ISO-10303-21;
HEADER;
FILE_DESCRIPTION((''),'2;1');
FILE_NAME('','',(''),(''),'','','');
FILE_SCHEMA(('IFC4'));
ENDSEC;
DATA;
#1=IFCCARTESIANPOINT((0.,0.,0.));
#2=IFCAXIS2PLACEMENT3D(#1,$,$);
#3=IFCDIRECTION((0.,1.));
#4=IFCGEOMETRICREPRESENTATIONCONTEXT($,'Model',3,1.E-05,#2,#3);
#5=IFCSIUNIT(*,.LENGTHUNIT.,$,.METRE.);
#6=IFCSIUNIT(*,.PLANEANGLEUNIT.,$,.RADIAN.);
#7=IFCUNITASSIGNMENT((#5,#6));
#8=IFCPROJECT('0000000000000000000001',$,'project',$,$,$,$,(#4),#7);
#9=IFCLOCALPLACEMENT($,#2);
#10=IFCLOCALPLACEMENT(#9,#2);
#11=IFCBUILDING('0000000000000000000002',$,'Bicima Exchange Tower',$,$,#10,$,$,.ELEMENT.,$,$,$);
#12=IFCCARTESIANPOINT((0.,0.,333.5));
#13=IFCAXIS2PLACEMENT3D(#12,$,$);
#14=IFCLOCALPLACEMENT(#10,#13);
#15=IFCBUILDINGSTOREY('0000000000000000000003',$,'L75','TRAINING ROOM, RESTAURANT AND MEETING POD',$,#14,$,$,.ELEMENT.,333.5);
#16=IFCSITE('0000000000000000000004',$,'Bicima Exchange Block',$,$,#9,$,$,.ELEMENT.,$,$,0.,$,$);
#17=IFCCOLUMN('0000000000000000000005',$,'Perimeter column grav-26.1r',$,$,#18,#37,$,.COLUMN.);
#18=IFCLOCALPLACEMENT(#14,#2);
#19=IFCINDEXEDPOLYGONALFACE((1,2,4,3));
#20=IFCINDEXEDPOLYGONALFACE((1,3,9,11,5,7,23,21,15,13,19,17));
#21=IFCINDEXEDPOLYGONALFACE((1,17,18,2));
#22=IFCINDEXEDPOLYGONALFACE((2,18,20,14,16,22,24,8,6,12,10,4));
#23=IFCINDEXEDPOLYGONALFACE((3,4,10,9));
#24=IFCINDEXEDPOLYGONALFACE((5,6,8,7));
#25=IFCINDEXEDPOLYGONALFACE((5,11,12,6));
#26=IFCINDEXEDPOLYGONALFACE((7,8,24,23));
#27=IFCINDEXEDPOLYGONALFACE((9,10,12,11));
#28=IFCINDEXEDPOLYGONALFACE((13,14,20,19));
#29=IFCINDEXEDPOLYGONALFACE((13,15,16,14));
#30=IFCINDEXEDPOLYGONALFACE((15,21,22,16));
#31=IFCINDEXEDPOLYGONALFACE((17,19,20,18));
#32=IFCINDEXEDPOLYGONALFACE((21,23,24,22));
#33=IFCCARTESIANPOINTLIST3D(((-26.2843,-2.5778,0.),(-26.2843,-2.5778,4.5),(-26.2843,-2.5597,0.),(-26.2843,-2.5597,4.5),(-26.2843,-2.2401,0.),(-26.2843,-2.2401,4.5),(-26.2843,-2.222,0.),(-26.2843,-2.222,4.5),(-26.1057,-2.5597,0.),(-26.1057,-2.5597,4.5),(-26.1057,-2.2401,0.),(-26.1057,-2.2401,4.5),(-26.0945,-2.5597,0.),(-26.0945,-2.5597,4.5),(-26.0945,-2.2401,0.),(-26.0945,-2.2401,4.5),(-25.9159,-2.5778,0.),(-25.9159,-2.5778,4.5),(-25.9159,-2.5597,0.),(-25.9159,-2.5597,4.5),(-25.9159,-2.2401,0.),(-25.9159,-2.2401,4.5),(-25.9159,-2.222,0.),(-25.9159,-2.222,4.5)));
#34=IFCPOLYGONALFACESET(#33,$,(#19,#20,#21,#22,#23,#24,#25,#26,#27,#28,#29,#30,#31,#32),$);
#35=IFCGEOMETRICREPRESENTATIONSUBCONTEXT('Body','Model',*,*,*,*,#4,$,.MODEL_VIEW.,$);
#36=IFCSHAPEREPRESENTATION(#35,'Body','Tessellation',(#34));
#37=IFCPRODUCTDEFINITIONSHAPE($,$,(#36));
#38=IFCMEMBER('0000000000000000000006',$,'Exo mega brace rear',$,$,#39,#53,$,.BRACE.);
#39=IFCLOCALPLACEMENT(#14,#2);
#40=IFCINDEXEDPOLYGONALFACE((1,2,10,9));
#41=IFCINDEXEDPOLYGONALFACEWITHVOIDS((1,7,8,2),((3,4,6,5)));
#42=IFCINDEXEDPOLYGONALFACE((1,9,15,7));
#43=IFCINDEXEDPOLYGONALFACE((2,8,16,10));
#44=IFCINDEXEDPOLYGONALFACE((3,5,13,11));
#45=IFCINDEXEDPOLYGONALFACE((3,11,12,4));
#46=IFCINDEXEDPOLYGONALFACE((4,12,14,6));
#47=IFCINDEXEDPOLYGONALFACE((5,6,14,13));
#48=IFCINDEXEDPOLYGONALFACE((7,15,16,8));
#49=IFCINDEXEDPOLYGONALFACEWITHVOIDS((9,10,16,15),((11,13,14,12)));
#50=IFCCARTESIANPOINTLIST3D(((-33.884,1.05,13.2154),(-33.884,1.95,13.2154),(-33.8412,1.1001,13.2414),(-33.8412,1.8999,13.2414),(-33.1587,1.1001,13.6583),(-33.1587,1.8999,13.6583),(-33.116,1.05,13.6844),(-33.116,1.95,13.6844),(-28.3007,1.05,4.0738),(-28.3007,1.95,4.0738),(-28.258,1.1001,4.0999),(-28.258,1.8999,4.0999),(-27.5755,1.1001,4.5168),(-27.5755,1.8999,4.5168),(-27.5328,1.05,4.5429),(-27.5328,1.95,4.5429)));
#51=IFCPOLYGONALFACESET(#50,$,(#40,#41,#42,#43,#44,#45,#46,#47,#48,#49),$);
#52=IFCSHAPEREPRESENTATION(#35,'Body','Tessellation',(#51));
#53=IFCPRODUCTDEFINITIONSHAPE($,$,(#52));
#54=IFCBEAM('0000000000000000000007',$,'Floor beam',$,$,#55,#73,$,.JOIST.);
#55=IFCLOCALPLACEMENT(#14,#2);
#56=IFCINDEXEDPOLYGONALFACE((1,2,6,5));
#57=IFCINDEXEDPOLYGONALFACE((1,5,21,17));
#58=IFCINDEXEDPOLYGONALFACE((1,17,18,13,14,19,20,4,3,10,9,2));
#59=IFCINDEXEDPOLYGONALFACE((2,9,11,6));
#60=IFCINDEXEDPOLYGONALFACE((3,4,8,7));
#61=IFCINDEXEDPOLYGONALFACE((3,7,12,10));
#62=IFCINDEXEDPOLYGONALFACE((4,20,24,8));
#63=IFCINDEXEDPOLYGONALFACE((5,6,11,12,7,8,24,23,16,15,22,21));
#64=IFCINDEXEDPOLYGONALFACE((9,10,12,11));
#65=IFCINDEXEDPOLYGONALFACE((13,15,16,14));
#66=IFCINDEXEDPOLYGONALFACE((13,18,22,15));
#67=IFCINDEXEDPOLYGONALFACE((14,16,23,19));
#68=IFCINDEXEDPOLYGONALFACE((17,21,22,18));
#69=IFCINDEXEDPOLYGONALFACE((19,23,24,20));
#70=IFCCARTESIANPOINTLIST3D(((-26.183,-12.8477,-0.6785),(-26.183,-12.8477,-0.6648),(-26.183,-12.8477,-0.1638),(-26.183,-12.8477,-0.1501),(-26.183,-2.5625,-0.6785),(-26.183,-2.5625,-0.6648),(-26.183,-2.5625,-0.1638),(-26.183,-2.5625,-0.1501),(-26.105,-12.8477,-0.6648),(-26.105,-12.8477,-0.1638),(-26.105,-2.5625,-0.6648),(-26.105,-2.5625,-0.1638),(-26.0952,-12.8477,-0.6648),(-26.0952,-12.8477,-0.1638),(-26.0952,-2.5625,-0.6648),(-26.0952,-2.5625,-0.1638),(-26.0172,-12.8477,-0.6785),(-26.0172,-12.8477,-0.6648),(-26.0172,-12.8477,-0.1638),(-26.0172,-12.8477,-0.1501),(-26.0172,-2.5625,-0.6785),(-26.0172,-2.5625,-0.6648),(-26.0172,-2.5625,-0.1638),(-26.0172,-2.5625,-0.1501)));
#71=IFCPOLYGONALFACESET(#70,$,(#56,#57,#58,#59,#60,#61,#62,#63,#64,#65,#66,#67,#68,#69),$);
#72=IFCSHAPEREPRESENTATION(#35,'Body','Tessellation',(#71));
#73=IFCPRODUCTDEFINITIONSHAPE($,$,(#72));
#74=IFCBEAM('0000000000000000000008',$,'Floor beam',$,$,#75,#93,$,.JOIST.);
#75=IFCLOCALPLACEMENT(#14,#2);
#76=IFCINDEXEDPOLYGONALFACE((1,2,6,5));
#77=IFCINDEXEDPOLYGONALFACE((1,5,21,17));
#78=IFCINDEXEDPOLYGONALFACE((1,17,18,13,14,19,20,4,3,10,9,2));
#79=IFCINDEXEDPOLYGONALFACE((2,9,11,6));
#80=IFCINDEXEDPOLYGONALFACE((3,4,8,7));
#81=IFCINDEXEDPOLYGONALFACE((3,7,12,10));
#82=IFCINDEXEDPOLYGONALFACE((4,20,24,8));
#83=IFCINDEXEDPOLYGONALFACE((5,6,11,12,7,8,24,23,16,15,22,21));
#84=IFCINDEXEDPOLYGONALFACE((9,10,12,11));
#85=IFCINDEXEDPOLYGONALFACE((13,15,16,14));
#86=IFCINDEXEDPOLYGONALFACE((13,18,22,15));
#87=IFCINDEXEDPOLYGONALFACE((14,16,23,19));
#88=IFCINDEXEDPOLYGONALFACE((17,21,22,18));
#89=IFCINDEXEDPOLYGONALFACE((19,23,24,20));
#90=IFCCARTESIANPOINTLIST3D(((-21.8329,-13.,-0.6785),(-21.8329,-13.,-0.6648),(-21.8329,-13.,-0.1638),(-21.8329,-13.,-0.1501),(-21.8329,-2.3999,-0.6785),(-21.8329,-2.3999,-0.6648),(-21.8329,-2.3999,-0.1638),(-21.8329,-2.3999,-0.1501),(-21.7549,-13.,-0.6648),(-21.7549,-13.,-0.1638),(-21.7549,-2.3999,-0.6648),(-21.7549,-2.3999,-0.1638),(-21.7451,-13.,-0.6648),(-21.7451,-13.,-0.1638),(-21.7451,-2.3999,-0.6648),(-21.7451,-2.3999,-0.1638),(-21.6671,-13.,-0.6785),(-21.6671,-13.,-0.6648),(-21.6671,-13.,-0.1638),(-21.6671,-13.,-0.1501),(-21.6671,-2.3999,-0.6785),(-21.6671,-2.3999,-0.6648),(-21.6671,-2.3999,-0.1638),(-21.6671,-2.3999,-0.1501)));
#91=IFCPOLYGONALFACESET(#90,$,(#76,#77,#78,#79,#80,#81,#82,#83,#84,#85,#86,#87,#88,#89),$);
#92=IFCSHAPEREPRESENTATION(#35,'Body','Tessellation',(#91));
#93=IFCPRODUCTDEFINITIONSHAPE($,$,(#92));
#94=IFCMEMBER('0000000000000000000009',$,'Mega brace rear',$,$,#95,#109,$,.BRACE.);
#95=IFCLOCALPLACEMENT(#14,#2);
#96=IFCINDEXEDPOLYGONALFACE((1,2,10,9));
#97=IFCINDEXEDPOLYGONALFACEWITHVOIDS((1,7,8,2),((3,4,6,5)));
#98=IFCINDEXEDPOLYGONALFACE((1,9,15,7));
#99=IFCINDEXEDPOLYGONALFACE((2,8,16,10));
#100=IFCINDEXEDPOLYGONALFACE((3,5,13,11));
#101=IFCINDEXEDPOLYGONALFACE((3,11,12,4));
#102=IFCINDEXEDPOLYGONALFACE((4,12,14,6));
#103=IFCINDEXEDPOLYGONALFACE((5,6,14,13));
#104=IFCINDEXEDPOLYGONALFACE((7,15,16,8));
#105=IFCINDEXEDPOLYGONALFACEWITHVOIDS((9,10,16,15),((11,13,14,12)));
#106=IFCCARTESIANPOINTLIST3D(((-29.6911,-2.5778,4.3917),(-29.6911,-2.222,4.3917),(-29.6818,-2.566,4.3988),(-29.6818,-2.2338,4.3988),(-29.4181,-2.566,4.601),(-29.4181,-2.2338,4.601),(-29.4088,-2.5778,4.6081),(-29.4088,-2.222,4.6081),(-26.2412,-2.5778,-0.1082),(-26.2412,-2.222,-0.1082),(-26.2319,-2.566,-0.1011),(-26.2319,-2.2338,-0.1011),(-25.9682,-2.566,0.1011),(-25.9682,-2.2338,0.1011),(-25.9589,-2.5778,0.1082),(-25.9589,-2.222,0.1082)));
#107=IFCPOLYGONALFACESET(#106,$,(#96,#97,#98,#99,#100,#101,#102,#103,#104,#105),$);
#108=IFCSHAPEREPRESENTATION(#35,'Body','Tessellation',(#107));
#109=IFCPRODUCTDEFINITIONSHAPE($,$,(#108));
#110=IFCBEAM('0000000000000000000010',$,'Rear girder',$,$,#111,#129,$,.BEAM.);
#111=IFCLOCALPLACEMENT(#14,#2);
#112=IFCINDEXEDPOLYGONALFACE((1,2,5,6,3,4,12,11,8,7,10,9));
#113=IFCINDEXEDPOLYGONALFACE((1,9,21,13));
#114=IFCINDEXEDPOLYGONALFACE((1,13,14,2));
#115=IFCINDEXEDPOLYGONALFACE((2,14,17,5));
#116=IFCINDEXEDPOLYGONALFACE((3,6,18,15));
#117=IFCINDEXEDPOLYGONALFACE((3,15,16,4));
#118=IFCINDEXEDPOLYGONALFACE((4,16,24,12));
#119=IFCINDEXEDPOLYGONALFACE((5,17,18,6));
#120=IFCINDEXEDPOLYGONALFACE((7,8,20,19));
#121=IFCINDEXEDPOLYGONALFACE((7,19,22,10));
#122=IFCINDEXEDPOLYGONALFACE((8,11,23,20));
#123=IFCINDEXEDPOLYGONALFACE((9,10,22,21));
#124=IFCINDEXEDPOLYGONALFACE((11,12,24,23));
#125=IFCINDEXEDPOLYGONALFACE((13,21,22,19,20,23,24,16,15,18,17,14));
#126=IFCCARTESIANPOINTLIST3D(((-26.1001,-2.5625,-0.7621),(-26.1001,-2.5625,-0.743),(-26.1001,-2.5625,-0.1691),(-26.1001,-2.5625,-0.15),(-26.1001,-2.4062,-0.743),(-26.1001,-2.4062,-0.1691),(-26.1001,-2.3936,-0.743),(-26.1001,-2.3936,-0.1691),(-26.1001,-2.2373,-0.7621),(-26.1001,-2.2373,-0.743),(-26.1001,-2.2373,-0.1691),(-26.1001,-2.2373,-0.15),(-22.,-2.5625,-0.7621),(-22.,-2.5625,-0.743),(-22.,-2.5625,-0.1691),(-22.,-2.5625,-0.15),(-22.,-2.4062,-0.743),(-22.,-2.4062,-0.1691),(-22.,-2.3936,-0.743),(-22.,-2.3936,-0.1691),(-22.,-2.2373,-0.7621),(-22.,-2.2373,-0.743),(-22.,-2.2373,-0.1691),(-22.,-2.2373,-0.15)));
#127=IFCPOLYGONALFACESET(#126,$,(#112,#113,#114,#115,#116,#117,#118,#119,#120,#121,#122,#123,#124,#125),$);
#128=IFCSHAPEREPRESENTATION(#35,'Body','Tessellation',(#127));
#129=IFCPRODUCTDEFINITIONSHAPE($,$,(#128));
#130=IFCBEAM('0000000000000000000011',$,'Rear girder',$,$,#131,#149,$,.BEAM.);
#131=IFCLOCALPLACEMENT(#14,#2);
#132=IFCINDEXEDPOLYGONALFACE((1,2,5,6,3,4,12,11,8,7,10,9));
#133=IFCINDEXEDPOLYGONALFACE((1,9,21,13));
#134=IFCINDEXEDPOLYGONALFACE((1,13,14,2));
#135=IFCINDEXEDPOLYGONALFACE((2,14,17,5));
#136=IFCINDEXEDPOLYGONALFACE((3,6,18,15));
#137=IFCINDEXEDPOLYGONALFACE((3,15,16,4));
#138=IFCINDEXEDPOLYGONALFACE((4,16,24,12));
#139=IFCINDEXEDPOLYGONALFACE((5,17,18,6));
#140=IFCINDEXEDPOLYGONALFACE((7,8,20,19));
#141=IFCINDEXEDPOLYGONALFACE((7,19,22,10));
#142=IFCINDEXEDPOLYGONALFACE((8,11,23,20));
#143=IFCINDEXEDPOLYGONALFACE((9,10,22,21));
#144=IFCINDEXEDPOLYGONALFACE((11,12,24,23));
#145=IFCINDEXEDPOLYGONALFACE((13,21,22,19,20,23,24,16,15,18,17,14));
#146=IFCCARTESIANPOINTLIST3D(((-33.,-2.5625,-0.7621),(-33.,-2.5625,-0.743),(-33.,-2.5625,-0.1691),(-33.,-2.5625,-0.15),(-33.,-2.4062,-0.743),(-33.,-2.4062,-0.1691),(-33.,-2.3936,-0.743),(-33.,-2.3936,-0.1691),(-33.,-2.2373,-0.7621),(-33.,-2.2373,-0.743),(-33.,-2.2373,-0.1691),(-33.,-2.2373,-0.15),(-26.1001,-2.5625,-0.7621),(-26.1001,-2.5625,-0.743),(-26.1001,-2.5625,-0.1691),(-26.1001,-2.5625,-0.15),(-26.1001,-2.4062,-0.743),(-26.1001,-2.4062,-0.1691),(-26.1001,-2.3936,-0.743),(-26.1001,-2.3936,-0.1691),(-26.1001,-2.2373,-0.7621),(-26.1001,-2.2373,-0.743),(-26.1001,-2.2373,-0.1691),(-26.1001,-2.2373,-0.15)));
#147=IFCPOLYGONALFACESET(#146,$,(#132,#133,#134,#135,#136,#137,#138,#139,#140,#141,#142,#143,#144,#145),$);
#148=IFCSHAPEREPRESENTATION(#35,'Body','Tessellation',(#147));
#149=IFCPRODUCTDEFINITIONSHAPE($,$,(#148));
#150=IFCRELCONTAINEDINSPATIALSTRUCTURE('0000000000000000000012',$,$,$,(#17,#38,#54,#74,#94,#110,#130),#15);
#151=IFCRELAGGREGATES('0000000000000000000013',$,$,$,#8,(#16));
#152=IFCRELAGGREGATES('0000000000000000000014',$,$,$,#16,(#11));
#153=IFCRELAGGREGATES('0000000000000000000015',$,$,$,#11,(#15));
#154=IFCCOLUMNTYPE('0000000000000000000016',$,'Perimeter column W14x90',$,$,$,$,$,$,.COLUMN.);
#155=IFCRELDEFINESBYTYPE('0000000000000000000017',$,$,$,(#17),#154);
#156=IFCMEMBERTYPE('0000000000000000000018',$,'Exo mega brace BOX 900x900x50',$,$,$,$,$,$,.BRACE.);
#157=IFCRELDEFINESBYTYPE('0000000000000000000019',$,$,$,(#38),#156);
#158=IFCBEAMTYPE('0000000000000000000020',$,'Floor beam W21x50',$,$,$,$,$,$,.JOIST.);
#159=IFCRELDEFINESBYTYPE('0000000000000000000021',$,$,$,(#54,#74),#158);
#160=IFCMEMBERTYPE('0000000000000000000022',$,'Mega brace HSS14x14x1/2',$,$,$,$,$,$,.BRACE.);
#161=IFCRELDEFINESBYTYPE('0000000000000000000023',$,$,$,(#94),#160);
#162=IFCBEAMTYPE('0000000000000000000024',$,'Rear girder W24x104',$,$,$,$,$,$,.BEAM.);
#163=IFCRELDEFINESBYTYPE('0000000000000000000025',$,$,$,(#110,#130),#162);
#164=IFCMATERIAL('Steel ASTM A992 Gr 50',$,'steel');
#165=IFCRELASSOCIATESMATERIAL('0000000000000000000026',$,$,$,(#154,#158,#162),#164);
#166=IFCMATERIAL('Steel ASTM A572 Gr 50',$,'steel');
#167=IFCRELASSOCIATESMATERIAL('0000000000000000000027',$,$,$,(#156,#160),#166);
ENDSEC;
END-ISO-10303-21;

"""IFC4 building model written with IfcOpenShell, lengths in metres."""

from ifc_helpers import new_model, si_unit, direction, frame, origin, origin_2d, place, context, subcontext, project, spatial, hollow_rectangle, i_section, extrude, material, material_profile, profile_set, type_object, element, save


model = new_model("IFC4")

# Units and contexts
model_context = context("Model", 3, precision=1e-05, world=origin(), true_north=direction((0.0, 1.0)))
body_context = subcontext(model_context, "Body", "Model", "MODEL_VIEW")
ifc_project = project(units=[si_unit("LENGTHUNIT", "METRE"), si_unit("PLANEANGLEUNIT", "RADIAN")], contexts=[model_context])

# Site, building, storey
site_placement = place(None, origin())
site = spatial("IfcSite", under=ifc_project, at=site_placement, Name="Bicima Exchange Block", CompositionType="ELEMENT", RefElevation=0.0)
building_placement = place(site_placement, origin())
building = spatial("IfcBuilding", under=site, at=building_placement, Name="Bicima Exchange Tower", CompositionType="ELEMENT")
storey_placement = place(building_placement, frame((0.0, 0.0, 333.5)))
storey = spatial("IfcBuildingStorey", under=building, at=storey_placement, Name="L75", Description="TRAINING ROOM, RESTAURANT AND MEETING POD", CompositionType="ELEMENT", Elevation=333.5)

# Column
ifc_material_1 = material(Name="Steel ASTM A992 Gr 50", Category="steel")
ifc_material_profile_1 = material_profile(ifc_material_1, i_section(OverallWidth=0.3684, OverallDepth=0.3557, WebThickness=0.0112, FlangeThickness=0.0181, at=origin_2d()))
ifc_profile_set_1 = profile_set([ifc_material_profile_1], Name="Steel ASTM A992 Gr 50")
column_type = type_object("IfcColumnType", Name="Perimeter column W14x90", PredefinedType="COLUMN", material=ifc_profile_set_1)
column_placement = place(storey_placement, frame((-26.1001, -2.3999, 0.0), z_axis=(0.0, 0.0, 1.0), x_axis=(1.0, 0.0, 0.0)))
element("IfcColumn", 1, at=column_placement, inside=storey, type_object=column_type, Name="Perimeter column grav-26.1r", PredefinedType="COLUMN", context=body_context, shape_type="SweptSolid", body=[
    extrude(i_section(OverallWidth=0.3684, OverallDepth=0.3557, WebThickness=0.0112, FlangeThickness=0.0181, at=origin_2d()), origin(), (0.0, 0.0, 1.0), 4.5),
])

# Member
ifc_material_2 = material(Name="Steel ASTM A572 Gr 50", Category="steel")
ifc_material_profile_2 = material_profile(ifc_material_2, hollow_rectangle(XDim=0.8999, YDim=0.8999, WallThickness=0.05, at=origin_2d()))
ifc_profile_set_2 = profile_set([ifc_material_profile_2], Name="Steel ASTM A572 Gr 50")
member_type_1 = type_object("IfcMemberType", Name="Exo mega brace BOX 900x900x50", PredefinedType="BRACE", material=ifc_profile_set_2)
member_1_placement = place(storey_placement, frame((-27.9167, 1.5, 4.3083), z_axis=(-0.521227, 0.0, 0.853418), x_axis=(0.0, -1.0, 0.0)))
element("IfcMember", 2, at=member_1_placement, inside=storey, type_object=member_type_1, Name="Exo mega brace rear", PredefinedType="BRACE", context=body_context, shape_type="SweptSolid", body=[
    extrude(hollow_rectangle(XDim=0.8999, YDim=0.8999, WallThickness=0.05, at=origin_2d()), origin(), (0.0, 0.0, 1.0), 10.7117),
])

# Beams
ifc_material_profile_3 = material_profile(ifc_material_1, i_section(OverallWidth=0.1658, OverallDepth=0.5283, WebThickness=0.0098, FlangeThickness=0.0137, at=origin_2d()))
ifc_profile_set_3 = profile_set([ifc_material_profile_3], Name="Steel ASTM A992 Gr 50")
beam_type_1 = type_object("IfcBeamType", Name="Floor beam W21x50", PredefinedType="JOIST", material=ifc_profile_set_3)
beam_1_placement = place(storey_placement, frame((-26.1001, -2.5625, -0.4143), z_axis=(0.0, -1.0, 0.0), x_axis=(1.0, 0.0, 0.0)))
element("IfcBeam", 3, at=beam_1_placement, inside=storey, type_object=beam_type_1, Name="Floor beam", PredefinedType="JOIST", context=body_context, shape_type="SweptSolid", body=[
    extrude(i_section(OverallWidth=0.1658, OverallDepth=0.5283, WebThickness=0.0098, FlangeThickness=0.0137, at=origin_2d()), origin(), (0.0, 0.0, 1.0), 10.2852),
])
beam_2_placement = place(storey_placement, frame((-21.75, -2.3999, -0.4143), z_axis=(0.0, -1.0, 0.0), x_axis=(1.0, 0.0, 0.0)))
element("IfcBeam", 4, at=beam_2_placement, inside=storey, type_object=beam_type_1, Name="Floor beam", PredefinedType="JOIST", context=body_context, shape_type="SweptSolid", body=[
    extrude(i_section(OverallWidth=0.1658, OverallDepth=0.5283, WebThickness=0.0098, FlangeThickness=0.0137, at=origin_2d()), origin(), (0.0, 0.0, 1.0), 10.6001),
])

# Member
ifc_material_profile_4 = material_profile(ifc_material_2, hollow_rectangle(XDim=0.3557, YDim=0.3557, WallThickness=0.0117, at=origin_2d()))
ifc_profile_set_4 = profile_set([ifc_material_profile_4], Name="Steel ASTM A572 Gr 50")
member_type_2 = type_object("IfcMemberType", Name="Mega brace HSS14x14x1/2", PredefinedType="BRACE", material=ifc_profile_set_4)
member_2_placement = place(storey_placement, frame((-26.1001, -2.3999, 0.0), z_axis=(-0.608426, 0.0, 0.793611), x_axis=(0.0, -1.0, 0.0)))
element("IfcMember", 5, at=member_2_placement, inside=storey, type_object=member_type_2, Name="Mega brace rear", PredefinedType="BRACE", context=body_context, shape_type="SweptSolid", body=[
    extrude(hollow_rectangle(XDim=0.3557, YDim=0.3557, WallThickness=0.0117, at=origin_2d()), origin(), (0.0, 0.0, 1.0), 5.6702),
])

# Beams
ifc_material_profile_5 = material_profile(ifc_material_1, i_section(OverallWidth=0.3252, OverallDepth=0.6121, WebThickness=0.0127, FlangeThickness=0.019, at=origin_2d()))
ifc_profile_set_5 = profile_set([ifc_material_profile_5], Name="Steel ASTM A992 Gr 50")
beam_type_2 = type_object("IfcBeamType", Name="Rear girder W24x104", PredefinedType="BEAM", material=ifc_profile_set_5)
beam_3_placement = place(storey_placement, frame((-22.0, -2.3999, -0.4561), z_axis=(-1.0, 0.0, 0.0), x_axis=(0.0, -1.0, 0.0)))
element("IfcBeam", 6, at=beam_3_placement, inside=storey, type_object=beam_type_2, Name="Rear girder", PredefinedType="BEAM", context=body_context, shape_type="SweptSolid", body=[
    extrude(i_section(OverallWidth=0.3252, OverallDepth=0.6121, WebThickness=0.0127, FlangeThickness=0.019, at=origin_2d()), origin(), (0.0, 0.0, 1.0), 4.1001),
])
beam_4_placement = place(storey_placement, frame((-26.1001, -2.3999, -0.4561), z_axis=(-1.0, 0.0, 0.0), x_axis=(0.0, -1.0, 0.0)))
element("IfcBeam", 7, at=beam_4_placement, inside=storey, type_object=beam_type_2, Name="Rear girder", PredefinedType="BEAM", context=body_context, shape_type="SweptSolid", body=[
    extrude(i_section(OverallWidth=0.3252, OverallDepth=0.6121, WebThickness=0.0127, FlangeThickness=0.019, at=origin_2d()), origin(), (0.0, 0.0, 1.0), 6.8999),
])

save(model, "model.ifc")
